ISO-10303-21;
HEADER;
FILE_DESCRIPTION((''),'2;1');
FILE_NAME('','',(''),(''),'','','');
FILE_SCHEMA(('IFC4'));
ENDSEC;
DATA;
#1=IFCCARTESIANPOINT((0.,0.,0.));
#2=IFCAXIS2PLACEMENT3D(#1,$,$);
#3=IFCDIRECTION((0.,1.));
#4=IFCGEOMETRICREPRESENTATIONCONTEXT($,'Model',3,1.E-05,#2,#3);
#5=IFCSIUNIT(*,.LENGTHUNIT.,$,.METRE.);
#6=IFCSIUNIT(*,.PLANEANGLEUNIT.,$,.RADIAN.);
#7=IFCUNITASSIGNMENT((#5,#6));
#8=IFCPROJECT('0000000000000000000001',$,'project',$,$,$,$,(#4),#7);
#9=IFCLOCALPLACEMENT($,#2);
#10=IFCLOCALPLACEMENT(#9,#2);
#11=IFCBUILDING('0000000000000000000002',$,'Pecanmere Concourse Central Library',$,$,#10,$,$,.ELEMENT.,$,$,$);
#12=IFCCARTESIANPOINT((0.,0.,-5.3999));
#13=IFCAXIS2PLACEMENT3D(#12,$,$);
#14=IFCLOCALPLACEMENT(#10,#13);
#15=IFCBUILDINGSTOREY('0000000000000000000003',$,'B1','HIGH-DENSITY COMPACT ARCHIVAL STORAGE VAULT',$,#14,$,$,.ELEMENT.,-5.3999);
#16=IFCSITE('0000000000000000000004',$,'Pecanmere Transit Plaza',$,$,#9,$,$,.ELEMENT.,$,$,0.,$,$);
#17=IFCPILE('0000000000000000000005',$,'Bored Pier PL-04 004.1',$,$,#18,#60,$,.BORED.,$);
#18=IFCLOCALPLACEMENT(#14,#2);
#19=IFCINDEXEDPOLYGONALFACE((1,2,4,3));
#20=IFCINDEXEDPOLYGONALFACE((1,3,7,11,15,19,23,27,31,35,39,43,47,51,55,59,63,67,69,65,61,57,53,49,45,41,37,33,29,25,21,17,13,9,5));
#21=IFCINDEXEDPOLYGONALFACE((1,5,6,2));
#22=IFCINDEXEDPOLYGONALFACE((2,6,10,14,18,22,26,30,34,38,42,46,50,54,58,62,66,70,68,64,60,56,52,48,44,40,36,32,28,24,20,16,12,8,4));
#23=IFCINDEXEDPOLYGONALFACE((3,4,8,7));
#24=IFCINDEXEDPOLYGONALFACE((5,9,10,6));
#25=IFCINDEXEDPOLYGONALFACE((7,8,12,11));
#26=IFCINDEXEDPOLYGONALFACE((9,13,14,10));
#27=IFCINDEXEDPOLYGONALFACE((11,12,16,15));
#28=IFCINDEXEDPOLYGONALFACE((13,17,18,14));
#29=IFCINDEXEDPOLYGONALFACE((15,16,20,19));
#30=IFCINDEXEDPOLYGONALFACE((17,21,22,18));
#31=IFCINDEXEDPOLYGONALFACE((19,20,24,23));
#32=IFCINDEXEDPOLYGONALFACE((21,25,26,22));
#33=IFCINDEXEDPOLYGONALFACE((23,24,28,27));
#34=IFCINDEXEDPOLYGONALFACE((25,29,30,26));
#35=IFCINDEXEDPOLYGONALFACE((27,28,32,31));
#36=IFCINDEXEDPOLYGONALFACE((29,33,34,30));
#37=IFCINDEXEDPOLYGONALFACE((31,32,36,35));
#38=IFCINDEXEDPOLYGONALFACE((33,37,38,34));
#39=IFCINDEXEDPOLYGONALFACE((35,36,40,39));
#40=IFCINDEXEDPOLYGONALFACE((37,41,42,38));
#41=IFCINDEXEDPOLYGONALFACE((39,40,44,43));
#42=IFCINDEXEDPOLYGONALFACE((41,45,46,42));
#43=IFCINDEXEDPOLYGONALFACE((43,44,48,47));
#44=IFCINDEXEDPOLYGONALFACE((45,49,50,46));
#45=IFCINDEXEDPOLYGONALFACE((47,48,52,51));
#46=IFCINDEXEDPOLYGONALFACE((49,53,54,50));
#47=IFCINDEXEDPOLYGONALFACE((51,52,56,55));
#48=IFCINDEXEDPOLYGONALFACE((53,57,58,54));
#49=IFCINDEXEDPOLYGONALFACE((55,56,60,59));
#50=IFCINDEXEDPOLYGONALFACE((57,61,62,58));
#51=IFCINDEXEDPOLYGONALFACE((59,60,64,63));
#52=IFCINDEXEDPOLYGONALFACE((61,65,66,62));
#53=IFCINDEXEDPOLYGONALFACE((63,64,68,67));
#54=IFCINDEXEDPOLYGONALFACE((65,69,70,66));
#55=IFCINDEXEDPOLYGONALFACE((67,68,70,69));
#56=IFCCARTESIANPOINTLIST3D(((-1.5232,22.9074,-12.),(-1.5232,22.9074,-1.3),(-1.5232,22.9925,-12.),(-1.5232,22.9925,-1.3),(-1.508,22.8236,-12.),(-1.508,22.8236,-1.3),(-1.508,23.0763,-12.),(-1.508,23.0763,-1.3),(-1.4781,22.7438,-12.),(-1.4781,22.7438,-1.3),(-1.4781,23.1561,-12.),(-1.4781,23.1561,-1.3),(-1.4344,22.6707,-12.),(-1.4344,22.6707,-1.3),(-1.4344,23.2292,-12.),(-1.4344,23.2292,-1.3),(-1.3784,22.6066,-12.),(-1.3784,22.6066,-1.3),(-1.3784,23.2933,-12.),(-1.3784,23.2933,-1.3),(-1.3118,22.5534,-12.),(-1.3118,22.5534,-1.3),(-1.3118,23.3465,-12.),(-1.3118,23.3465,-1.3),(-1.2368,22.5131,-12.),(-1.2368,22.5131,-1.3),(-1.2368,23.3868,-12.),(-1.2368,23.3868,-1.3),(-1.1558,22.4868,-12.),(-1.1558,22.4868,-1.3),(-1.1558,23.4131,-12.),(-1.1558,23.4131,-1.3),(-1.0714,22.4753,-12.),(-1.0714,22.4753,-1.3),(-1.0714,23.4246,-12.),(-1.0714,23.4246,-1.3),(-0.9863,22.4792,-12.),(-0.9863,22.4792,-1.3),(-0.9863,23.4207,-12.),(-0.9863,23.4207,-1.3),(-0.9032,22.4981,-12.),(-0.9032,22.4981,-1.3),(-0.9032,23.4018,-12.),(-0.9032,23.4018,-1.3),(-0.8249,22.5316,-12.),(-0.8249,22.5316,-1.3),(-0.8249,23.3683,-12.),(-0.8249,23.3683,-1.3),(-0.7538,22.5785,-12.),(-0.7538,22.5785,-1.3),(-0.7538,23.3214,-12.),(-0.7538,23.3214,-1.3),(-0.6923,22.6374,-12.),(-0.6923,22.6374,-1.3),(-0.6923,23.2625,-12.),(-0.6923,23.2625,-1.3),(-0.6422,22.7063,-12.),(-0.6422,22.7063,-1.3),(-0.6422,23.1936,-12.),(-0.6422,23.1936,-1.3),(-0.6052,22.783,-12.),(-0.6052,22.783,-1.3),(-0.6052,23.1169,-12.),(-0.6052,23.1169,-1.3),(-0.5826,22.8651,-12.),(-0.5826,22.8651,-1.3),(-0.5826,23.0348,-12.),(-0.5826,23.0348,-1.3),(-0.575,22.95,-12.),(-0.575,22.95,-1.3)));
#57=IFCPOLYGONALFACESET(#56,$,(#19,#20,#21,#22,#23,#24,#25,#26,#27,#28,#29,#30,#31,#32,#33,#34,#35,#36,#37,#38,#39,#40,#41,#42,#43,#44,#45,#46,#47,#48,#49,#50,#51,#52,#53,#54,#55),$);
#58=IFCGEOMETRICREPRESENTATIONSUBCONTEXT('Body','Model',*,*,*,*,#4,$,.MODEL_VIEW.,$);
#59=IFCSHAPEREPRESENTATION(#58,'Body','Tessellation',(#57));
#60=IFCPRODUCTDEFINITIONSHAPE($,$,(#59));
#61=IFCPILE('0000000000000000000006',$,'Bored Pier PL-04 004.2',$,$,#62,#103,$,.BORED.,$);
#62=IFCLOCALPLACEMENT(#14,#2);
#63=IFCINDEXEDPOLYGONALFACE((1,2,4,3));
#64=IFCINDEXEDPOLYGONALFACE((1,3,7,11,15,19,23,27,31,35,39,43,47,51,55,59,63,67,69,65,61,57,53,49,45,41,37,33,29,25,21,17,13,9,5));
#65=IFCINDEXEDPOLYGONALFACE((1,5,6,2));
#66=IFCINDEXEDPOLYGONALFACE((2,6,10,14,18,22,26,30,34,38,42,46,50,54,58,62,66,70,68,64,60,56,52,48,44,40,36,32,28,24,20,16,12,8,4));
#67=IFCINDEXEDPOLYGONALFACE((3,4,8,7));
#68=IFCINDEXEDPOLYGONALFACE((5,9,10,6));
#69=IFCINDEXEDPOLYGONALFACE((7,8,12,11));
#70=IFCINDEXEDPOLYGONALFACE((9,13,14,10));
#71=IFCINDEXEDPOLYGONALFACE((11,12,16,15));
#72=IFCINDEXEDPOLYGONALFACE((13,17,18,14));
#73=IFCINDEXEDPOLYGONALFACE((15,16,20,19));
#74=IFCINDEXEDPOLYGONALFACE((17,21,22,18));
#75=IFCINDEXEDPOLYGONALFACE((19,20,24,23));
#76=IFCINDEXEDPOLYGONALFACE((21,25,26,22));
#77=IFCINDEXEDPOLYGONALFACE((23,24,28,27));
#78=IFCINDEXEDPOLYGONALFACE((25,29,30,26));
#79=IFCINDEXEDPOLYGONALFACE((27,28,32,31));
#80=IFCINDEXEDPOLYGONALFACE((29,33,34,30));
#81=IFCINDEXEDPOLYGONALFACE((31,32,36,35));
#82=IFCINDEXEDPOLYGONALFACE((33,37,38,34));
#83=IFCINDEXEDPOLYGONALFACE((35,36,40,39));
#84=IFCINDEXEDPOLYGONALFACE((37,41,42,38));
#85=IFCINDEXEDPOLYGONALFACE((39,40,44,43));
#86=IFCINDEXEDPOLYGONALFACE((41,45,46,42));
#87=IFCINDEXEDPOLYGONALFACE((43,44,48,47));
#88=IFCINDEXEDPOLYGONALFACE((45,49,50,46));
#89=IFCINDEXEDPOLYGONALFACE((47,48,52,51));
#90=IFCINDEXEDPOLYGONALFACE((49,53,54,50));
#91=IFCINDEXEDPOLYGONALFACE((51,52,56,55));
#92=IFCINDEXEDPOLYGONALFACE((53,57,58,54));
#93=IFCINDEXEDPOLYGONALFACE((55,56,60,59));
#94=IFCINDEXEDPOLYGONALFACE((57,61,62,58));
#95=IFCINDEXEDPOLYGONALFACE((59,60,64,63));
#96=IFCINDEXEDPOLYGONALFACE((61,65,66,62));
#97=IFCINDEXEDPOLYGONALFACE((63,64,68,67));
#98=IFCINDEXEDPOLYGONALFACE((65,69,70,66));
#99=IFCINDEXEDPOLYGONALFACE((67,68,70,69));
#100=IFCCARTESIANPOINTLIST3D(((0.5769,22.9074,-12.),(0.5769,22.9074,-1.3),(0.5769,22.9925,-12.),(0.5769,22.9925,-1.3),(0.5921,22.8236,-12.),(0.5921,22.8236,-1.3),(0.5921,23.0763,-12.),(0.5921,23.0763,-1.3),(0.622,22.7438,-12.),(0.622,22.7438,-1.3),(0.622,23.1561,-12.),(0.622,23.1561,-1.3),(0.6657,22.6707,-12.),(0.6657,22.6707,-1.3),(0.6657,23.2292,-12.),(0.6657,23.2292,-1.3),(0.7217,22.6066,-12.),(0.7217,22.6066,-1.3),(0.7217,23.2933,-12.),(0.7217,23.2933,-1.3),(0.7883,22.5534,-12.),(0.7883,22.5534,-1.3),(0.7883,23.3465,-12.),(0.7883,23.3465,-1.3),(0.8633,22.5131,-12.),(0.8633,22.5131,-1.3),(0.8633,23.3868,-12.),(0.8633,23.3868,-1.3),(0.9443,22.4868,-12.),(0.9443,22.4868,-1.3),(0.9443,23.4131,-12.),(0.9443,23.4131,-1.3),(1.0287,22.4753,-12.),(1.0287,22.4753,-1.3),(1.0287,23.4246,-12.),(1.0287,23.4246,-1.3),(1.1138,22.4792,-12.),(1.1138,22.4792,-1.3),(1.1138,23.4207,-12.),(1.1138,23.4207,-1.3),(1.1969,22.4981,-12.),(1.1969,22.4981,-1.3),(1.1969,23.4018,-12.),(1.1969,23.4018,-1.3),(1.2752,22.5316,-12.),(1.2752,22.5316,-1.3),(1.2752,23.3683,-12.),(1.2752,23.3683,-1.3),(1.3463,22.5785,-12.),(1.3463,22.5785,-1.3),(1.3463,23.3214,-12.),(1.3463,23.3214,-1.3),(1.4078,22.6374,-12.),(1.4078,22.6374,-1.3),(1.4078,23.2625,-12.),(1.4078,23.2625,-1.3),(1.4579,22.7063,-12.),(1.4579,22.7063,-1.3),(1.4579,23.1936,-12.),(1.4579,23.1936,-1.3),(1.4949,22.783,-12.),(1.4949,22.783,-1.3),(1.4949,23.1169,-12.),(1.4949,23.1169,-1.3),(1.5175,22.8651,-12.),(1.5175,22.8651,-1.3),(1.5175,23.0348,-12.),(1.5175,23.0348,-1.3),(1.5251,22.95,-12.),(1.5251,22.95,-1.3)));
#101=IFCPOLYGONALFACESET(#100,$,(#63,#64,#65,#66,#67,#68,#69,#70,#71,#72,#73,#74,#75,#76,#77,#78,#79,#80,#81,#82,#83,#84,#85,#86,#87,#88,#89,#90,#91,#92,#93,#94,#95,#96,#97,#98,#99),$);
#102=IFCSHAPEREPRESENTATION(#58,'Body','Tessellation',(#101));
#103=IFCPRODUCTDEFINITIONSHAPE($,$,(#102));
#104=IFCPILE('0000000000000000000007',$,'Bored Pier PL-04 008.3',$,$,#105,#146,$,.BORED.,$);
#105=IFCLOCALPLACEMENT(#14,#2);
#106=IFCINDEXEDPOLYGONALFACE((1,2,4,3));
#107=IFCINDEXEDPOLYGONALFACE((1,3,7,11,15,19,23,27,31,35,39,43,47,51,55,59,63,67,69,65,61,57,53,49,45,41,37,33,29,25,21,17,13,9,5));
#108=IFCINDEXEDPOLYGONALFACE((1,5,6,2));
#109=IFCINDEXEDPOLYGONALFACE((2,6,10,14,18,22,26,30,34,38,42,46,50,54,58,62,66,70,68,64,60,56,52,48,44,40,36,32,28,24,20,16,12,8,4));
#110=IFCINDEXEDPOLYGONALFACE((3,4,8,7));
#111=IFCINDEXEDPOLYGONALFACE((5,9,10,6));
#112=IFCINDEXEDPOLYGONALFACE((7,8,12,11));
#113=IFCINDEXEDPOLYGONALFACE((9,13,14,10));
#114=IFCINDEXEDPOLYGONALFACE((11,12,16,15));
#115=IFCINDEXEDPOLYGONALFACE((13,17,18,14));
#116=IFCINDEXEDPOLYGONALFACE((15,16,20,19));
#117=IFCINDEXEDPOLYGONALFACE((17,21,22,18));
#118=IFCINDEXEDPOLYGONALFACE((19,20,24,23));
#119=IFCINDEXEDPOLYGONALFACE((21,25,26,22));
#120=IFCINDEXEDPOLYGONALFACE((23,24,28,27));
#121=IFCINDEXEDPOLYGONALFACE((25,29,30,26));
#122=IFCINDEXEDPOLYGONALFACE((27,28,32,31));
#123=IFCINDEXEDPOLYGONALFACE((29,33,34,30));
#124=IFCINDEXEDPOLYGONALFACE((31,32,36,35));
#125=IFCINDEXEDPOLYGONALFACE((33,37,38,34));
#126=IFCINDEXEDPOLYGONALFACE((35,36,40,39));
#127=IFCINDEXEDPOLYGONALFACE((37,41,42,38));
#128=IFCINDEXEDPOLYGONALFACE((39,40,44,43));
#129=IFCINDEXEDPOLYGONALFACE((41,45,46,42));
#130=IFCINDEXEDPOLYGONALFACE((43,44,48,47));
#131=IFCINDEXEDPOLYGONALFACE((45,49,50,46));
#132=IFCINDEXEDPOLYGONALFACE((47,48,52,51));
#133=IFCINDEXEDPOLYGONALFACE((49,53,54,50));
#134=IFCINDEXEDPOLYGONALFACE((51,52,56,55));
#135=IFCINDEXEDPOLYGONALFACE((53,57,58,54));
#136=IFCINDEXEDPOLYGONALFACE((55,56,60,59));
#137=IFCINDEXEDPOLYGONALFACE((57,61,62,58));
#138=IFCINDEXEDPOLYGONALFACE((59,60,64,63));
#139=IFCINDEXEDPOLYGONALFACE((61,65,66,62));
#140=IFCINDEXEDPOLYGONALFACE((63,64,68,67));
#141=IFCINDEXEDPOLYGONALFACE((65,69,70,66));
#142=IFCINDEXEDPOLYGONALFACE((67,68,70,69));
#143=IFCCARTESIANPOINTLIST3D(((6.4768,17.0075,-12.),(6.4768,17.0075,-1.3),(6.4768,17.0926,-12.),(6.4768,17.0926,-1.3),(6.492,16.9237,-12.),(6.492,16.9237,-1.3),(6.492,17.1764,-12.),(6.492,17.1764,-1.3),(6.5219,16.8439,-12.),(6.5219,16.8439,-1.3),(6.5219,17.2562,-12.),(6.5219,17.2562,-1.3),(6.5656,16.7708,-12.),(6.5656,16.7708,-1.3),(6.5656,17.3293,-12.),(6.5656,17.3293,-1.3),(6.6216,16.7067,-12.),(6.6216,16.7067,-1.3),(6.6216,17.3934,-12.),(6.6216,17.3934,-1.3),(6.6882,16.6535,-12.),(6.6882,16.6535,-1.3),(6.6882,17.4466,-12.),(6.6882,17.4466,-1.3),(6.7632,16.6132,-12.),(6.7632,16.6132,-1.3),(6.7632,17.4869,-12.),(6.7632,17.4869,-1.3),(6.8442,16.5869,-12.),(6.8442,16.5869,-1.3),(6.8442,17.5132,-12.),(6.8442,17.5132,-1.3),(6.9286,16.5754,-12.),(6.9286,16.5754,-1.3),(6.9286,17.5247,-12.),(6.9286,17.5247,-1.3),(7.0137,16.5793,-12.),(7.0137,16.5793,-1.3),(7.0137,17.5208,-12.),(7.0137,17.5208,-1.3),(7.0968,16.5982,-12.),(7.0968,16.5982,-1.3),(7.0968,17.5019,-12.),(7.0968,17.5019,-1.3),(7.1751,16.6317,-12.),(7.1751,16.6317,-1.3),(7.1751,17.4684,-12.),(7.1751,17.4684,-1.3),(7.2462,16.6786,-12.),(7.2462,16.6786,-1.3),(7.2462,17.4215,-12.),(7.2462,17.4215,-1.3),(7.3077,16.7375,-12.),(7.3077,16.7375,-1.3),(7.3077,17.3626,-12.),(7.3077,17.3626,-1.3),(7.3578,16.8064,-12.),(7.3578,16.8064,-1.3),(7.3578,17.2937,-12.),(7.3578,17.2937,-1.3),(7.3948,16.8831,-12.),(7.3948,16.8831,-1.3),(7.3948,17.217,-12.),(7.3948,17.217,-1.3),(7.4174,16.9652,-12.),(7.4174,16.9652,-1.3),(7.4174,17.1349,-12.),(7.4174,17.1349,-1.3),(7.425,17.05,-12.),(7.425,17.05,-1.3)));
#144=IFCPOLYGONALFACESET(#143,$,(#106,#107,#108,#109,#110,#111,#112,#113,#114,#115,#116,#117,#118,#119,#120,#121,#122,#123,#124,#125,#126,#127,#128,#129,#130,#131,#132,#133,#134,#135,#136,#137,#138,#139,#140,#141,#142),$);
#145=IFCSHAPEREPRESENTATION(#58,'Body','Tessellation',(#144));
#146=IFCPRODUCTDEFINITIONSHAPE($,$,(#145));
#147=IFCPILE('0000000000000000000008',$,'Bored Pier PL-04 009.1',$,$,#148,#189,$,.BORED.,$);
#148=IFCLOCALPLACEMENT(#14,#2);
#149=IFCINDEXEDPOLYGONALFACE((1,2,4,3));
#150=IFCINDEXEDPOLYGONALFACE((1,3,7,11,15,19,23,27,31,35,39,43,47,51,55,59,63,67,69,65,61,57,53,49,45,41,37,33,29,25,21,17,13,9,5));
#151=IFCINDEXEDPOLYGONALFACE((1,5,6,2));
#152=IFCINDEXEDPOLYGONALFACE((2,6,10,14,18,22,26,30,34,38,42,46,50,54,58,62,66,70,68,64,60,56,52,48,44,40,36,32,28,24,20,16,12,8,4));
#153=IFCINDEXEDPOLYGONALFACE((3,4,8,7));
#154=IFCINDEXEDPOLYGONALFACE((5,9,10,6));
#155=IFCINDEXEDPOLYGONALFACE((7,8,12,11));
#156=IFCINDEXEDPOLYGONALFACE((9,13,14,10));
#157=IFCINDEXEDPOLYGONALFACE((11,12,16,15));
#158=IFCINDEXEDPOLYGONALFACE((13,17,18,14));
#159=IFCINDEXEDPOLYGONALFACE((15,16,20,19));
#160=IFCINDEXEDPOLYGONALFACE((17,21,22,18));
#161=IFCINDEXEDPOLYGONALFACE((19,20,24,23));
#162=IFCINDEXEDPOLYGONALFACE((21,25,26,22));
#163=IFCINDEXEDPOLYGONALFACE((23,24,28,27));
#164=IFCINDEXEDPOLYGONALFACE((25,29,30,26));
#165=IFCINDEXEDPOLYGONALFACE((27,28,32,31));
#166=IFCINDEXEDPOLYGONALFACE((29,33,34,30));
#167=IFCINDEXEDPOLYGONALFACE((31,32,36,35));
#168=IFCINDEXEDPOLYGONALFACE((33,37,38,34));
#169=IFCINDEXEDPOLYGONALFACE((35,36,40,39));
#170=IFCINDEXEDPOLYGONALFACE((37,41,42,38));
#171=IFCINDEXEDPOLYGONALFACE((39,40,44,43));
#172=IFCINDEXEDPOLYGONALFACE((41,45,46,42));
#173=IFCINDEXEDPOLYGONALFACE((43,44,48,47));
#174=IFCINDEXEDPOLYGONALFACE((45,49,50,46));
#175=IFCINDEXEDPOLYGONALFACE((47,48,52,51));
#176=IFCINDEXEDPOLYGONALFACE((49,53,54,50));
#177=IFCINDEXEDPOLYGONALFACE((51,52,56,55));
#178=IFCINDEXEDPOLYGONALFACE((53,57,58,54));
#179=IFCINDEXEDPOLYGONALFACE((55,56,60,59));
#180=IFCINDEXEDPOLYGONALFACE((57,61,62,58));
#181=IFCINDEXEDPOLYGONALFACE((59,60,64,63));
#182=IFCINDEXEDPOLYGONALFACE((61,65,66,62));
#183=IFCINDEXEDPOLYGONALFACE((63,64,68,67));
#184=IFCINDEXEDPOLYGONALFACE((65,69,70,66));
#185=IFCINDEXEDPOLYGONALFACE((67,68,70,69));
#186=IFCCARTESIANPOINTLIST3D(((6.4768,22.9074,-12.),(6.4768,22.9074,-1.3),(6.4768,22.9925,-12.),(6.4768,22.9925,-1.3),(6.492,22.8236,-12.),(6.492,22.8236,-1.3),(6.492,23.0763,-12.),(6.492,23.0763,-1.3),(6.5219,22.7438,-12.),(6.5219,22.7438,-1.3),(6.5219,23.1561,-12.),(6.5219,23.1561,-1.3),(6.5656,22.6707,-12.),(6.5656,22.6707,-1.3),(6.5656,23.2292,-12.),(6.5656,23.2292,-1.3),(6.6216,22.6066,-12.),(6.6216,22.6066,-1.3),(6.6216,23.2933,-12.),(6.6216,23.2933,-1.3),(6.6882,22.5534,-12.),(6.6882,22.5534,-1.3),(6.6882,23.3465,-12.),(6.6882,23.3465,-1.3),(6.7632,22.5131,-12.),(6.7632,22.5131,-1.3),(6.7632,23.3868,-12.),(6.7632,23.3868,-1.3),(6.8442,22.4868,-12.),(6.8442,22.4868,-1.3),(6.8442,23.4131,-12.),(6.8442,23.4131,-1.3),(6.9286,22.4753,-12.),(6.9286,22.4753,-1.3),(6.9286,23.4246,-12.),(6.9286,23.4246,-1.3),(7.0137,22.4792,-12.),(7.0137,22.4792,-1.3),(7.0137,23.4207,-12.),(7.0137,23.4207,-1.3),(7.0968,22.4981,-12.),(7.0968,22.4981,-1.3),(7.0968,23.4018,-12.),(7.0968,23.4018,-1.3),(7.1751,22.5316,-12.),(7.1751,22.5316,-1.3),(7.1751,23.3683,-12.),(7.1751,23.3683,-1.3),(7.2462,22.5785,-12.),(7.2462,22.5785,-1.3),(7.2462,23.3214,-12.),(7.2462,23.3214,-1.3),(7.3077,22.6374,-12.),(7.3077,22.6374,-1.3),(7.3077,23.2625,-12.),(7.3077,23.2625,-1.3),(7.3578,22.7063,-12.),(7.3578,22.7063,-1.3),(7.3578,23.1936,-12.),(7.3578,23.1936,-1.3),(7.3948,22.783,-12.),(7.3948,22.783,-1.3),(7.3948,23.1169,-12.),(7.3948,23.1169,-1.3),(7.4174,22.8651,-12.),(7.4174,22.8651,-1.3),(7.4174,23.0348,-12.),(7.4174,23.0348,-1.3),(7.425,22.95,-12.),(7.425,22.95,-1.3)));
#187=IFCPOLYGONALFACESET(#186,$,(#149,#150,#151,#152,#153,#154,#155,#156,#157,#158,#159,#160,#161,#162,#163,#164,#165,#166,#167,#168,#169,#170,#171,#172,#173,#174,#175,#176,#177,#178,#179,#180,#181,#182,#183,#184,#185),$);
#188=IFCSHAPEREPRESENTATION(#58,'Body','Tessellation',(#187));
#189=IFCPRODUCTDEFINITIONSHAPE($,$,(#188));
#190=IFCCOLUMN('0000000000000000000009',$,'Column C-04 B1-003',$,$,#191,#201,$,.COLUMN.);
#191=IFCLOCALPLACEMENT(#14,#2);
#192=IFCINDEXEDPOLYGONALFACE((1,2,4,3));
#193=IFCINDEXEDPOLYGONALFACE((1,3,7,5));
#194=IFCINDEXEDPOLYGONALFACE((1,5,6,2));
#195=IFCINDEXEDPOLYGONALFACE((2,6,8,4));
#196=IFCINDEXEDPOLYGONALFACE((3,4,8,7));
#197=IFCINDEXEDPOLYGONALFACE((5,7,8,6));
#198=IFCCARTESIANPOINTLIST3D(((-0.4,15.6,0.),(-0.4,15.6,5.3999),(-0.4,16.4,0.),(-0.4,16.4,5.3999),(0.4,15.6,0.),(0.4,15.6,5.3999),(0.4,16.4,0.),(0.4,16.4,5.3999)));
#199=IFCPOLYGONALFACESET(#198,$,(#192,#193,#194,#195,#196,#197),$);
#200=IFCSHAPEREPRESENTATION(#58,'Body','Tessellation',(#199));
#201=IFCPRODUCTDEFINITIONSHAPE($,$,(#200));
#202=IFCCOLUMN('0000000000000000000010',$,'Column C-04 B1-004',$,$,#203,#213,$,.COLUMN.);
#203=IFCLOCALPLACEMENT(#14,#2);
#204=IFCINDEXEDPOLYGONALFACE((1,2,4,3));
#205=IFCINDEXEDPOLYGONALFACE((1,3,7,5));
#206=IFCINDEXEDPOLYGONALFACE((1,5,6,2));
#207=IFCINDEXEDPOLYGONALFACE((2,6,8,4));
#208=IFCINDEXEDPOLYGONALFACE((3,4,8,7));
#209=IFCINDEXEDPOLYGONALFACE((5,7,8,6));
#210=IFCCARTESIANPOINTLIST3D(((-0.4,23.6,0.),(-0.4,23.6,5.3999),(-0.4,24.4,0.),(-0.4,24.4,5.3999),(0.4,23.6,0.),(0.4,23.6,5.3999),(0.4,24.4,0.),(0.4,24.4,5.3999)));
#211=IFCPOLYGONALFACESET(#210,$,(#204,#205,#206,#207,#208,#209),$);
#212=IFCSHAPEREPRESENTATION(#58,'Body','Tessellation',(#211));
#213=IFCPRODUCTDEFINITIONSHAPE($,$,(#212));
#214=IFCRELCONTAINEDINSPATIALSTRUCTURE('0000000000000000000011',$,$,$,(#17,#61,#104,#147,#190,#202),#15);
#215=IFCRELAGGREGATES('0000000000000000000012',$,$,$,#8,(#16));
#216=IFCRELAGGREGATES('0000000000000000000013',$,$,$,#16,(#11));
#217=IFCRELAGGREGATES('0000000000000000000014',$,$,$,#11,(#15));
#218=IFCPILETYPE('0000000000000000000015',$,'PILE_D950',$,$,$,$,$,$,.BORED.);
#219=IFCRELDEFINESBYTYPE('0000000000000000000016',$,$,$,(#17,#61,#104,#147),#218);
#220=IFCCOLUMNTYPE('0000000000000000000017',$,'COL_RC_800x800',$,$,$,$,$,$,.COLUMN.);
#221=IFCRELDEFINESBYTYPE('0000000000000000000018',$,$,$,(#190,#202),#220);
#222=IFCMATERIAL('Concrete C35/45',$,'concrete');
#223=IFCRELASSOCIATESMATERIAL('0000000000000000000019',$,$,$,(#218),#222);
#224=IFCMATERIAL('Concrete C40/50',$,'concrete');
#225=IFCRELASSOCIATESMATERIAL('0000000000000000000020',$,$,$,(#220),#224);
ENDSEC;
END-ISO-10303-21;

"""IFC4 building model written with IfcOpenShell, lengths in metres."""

from ifc_helpers import new_model, si_unit, direction, frame, origin, origin_2d, place, context, subcontext, project, spatial, rectangle, circle, extrude, material, material_profile, profile_set, type_object, element, save


model = new_model("IFC4")

# Units and contexts
model_context = context("Model", 3, precision=1e-05, world=origin(), true_north=direction((0.0, 1.0)))
body_context = subcontext(model_context, "Body", "Model", "MODEL_VIEW")
ifc_project = project(units=[si_unit("LENGTHUNIT", "METRE"), si_unit("PLANEANGLEUNIT", "RADIAN")], contexts=[model_context])

# Site, building, storey
site_placement = place(None, origin())
site = spatial("IfcSite", under=ifc_project, at=site_placement, Name="Pecanmere Transit Plaza", CompositionType="ELEMENT", RefElevation=0.0)
building_placement = place(site_placement, origin())
building = spatial("IfcBuilding", under=site, at=building_placement, Name="Pecanmere Concourse Central Library", CompositionType="ELEMENT")
storey_placement = place(building_placement, frame((0.0, 0.0, -5.3999)))
storey = spatial("IfcBuildingStorey", under=building, at=storey_placement, Name="B1", Description="HIGH-DENSITY COMPACT ARCHIVAL STORAGE VAULT", CompositionType="ELEMENT", Elevation=-5.3999)

# Piles
ifc_material_1 = material(Name="Concrete C35/45", Category="concrete")
ifc_material_profile_1 = material_profile(ifc_material_1, circle(Radius=0.4751, at=origin_2d()), Name="PIER D950")
ifc_profile_set_1 = profile_set([ifc_material_profile_1], Name="Concrete C35/45")
pile_type = type_object("IfcPileType", Name="PILE_D950", PredefinedType="BORED", material=ifc_profile_set_1)
for number, where, z_axis, x_axis, name in (
    (1, (-1.05, 22.95, -1.3), (0.0, 0.0, -1.0), (1.0, 0.0, 0.0), "Bored Pier PL-04 004.1"),
    (2, (1.05, 22.95, -1.3), (0.0, 0.0, -1.0), (1.0, 0.0, 0.0), "Bored Pier PL-04 004.2"),
    (3, (6.95, 17.05, -1.3), (0.0, 0.0, -1.0), (1.0, 0.0, 0.0), "Bored Pier PL-04 008.3"),
    (4, (6.95, 22.95, -1.3), (0.0, 0.0, -1.0), (1.0, 0.0, 0.0), "Bored Pier PL-04 009.1"),
):
    element("IfcPile", number, at=place(storey_placement, frame(where, z_axis=z_axis, x_axis=x_axis)), inside=storey, type_object=pile_type, Name=name, PredefinedType="BORED", context=body_context, shape_type="SweptSolid", body=[
        extrude(circle(Radius=0.4751, at=origin_2d()), origin(), (0.0, 0.0, 1.0), 10.7),
    ])

# Columns
ifc_material_2 = material(Name="Concrete C40/50", Category="concrete")
ifc_material_profile_2 = material_profile(ifc_material_2, rectangle(XDim=0.8, YDim=0.8, at=origin_2d()), Name="RC 800x800")
ifc_profile_set_2 = profile_set([ifc_material_profile_2], Name="Concrete C40/50")
column_type = type_object("IfcColumnType", Name="COL_RC_800x800", PredefinedType="COLUMN", material=ifc_profile_set_2)
for number, where, z_axis, x_axis, name in (
    (5, (0.0, 16.0, 0.0), (0.0, 0.0, 1.0), (1.0, 0.0, 0.0), "Column C-04 B1-003"),
    (6, (0.0, 24.0, 0.0), (0.0, 0.0, 1.0), (1.0, 0.0, 0.0), "Column C-04 B1-004"),
):
    element("IfcColumn", number, at=place(storey_placement, frame(where, z_axis=z_axis, x_axis=x_axis)), inside=storey, type_object=column_type, Name=name, PredefinedType="COLUMN", context=body_context, shape_type="SweptSolid", body=[
        extrude(rectangle(XDim=0.8, YDim=0.8, at=origin_2d()), origin(), (0.0, 0.0, 1.0), 5.3999),
    ])

save(model, "model.ifc")
